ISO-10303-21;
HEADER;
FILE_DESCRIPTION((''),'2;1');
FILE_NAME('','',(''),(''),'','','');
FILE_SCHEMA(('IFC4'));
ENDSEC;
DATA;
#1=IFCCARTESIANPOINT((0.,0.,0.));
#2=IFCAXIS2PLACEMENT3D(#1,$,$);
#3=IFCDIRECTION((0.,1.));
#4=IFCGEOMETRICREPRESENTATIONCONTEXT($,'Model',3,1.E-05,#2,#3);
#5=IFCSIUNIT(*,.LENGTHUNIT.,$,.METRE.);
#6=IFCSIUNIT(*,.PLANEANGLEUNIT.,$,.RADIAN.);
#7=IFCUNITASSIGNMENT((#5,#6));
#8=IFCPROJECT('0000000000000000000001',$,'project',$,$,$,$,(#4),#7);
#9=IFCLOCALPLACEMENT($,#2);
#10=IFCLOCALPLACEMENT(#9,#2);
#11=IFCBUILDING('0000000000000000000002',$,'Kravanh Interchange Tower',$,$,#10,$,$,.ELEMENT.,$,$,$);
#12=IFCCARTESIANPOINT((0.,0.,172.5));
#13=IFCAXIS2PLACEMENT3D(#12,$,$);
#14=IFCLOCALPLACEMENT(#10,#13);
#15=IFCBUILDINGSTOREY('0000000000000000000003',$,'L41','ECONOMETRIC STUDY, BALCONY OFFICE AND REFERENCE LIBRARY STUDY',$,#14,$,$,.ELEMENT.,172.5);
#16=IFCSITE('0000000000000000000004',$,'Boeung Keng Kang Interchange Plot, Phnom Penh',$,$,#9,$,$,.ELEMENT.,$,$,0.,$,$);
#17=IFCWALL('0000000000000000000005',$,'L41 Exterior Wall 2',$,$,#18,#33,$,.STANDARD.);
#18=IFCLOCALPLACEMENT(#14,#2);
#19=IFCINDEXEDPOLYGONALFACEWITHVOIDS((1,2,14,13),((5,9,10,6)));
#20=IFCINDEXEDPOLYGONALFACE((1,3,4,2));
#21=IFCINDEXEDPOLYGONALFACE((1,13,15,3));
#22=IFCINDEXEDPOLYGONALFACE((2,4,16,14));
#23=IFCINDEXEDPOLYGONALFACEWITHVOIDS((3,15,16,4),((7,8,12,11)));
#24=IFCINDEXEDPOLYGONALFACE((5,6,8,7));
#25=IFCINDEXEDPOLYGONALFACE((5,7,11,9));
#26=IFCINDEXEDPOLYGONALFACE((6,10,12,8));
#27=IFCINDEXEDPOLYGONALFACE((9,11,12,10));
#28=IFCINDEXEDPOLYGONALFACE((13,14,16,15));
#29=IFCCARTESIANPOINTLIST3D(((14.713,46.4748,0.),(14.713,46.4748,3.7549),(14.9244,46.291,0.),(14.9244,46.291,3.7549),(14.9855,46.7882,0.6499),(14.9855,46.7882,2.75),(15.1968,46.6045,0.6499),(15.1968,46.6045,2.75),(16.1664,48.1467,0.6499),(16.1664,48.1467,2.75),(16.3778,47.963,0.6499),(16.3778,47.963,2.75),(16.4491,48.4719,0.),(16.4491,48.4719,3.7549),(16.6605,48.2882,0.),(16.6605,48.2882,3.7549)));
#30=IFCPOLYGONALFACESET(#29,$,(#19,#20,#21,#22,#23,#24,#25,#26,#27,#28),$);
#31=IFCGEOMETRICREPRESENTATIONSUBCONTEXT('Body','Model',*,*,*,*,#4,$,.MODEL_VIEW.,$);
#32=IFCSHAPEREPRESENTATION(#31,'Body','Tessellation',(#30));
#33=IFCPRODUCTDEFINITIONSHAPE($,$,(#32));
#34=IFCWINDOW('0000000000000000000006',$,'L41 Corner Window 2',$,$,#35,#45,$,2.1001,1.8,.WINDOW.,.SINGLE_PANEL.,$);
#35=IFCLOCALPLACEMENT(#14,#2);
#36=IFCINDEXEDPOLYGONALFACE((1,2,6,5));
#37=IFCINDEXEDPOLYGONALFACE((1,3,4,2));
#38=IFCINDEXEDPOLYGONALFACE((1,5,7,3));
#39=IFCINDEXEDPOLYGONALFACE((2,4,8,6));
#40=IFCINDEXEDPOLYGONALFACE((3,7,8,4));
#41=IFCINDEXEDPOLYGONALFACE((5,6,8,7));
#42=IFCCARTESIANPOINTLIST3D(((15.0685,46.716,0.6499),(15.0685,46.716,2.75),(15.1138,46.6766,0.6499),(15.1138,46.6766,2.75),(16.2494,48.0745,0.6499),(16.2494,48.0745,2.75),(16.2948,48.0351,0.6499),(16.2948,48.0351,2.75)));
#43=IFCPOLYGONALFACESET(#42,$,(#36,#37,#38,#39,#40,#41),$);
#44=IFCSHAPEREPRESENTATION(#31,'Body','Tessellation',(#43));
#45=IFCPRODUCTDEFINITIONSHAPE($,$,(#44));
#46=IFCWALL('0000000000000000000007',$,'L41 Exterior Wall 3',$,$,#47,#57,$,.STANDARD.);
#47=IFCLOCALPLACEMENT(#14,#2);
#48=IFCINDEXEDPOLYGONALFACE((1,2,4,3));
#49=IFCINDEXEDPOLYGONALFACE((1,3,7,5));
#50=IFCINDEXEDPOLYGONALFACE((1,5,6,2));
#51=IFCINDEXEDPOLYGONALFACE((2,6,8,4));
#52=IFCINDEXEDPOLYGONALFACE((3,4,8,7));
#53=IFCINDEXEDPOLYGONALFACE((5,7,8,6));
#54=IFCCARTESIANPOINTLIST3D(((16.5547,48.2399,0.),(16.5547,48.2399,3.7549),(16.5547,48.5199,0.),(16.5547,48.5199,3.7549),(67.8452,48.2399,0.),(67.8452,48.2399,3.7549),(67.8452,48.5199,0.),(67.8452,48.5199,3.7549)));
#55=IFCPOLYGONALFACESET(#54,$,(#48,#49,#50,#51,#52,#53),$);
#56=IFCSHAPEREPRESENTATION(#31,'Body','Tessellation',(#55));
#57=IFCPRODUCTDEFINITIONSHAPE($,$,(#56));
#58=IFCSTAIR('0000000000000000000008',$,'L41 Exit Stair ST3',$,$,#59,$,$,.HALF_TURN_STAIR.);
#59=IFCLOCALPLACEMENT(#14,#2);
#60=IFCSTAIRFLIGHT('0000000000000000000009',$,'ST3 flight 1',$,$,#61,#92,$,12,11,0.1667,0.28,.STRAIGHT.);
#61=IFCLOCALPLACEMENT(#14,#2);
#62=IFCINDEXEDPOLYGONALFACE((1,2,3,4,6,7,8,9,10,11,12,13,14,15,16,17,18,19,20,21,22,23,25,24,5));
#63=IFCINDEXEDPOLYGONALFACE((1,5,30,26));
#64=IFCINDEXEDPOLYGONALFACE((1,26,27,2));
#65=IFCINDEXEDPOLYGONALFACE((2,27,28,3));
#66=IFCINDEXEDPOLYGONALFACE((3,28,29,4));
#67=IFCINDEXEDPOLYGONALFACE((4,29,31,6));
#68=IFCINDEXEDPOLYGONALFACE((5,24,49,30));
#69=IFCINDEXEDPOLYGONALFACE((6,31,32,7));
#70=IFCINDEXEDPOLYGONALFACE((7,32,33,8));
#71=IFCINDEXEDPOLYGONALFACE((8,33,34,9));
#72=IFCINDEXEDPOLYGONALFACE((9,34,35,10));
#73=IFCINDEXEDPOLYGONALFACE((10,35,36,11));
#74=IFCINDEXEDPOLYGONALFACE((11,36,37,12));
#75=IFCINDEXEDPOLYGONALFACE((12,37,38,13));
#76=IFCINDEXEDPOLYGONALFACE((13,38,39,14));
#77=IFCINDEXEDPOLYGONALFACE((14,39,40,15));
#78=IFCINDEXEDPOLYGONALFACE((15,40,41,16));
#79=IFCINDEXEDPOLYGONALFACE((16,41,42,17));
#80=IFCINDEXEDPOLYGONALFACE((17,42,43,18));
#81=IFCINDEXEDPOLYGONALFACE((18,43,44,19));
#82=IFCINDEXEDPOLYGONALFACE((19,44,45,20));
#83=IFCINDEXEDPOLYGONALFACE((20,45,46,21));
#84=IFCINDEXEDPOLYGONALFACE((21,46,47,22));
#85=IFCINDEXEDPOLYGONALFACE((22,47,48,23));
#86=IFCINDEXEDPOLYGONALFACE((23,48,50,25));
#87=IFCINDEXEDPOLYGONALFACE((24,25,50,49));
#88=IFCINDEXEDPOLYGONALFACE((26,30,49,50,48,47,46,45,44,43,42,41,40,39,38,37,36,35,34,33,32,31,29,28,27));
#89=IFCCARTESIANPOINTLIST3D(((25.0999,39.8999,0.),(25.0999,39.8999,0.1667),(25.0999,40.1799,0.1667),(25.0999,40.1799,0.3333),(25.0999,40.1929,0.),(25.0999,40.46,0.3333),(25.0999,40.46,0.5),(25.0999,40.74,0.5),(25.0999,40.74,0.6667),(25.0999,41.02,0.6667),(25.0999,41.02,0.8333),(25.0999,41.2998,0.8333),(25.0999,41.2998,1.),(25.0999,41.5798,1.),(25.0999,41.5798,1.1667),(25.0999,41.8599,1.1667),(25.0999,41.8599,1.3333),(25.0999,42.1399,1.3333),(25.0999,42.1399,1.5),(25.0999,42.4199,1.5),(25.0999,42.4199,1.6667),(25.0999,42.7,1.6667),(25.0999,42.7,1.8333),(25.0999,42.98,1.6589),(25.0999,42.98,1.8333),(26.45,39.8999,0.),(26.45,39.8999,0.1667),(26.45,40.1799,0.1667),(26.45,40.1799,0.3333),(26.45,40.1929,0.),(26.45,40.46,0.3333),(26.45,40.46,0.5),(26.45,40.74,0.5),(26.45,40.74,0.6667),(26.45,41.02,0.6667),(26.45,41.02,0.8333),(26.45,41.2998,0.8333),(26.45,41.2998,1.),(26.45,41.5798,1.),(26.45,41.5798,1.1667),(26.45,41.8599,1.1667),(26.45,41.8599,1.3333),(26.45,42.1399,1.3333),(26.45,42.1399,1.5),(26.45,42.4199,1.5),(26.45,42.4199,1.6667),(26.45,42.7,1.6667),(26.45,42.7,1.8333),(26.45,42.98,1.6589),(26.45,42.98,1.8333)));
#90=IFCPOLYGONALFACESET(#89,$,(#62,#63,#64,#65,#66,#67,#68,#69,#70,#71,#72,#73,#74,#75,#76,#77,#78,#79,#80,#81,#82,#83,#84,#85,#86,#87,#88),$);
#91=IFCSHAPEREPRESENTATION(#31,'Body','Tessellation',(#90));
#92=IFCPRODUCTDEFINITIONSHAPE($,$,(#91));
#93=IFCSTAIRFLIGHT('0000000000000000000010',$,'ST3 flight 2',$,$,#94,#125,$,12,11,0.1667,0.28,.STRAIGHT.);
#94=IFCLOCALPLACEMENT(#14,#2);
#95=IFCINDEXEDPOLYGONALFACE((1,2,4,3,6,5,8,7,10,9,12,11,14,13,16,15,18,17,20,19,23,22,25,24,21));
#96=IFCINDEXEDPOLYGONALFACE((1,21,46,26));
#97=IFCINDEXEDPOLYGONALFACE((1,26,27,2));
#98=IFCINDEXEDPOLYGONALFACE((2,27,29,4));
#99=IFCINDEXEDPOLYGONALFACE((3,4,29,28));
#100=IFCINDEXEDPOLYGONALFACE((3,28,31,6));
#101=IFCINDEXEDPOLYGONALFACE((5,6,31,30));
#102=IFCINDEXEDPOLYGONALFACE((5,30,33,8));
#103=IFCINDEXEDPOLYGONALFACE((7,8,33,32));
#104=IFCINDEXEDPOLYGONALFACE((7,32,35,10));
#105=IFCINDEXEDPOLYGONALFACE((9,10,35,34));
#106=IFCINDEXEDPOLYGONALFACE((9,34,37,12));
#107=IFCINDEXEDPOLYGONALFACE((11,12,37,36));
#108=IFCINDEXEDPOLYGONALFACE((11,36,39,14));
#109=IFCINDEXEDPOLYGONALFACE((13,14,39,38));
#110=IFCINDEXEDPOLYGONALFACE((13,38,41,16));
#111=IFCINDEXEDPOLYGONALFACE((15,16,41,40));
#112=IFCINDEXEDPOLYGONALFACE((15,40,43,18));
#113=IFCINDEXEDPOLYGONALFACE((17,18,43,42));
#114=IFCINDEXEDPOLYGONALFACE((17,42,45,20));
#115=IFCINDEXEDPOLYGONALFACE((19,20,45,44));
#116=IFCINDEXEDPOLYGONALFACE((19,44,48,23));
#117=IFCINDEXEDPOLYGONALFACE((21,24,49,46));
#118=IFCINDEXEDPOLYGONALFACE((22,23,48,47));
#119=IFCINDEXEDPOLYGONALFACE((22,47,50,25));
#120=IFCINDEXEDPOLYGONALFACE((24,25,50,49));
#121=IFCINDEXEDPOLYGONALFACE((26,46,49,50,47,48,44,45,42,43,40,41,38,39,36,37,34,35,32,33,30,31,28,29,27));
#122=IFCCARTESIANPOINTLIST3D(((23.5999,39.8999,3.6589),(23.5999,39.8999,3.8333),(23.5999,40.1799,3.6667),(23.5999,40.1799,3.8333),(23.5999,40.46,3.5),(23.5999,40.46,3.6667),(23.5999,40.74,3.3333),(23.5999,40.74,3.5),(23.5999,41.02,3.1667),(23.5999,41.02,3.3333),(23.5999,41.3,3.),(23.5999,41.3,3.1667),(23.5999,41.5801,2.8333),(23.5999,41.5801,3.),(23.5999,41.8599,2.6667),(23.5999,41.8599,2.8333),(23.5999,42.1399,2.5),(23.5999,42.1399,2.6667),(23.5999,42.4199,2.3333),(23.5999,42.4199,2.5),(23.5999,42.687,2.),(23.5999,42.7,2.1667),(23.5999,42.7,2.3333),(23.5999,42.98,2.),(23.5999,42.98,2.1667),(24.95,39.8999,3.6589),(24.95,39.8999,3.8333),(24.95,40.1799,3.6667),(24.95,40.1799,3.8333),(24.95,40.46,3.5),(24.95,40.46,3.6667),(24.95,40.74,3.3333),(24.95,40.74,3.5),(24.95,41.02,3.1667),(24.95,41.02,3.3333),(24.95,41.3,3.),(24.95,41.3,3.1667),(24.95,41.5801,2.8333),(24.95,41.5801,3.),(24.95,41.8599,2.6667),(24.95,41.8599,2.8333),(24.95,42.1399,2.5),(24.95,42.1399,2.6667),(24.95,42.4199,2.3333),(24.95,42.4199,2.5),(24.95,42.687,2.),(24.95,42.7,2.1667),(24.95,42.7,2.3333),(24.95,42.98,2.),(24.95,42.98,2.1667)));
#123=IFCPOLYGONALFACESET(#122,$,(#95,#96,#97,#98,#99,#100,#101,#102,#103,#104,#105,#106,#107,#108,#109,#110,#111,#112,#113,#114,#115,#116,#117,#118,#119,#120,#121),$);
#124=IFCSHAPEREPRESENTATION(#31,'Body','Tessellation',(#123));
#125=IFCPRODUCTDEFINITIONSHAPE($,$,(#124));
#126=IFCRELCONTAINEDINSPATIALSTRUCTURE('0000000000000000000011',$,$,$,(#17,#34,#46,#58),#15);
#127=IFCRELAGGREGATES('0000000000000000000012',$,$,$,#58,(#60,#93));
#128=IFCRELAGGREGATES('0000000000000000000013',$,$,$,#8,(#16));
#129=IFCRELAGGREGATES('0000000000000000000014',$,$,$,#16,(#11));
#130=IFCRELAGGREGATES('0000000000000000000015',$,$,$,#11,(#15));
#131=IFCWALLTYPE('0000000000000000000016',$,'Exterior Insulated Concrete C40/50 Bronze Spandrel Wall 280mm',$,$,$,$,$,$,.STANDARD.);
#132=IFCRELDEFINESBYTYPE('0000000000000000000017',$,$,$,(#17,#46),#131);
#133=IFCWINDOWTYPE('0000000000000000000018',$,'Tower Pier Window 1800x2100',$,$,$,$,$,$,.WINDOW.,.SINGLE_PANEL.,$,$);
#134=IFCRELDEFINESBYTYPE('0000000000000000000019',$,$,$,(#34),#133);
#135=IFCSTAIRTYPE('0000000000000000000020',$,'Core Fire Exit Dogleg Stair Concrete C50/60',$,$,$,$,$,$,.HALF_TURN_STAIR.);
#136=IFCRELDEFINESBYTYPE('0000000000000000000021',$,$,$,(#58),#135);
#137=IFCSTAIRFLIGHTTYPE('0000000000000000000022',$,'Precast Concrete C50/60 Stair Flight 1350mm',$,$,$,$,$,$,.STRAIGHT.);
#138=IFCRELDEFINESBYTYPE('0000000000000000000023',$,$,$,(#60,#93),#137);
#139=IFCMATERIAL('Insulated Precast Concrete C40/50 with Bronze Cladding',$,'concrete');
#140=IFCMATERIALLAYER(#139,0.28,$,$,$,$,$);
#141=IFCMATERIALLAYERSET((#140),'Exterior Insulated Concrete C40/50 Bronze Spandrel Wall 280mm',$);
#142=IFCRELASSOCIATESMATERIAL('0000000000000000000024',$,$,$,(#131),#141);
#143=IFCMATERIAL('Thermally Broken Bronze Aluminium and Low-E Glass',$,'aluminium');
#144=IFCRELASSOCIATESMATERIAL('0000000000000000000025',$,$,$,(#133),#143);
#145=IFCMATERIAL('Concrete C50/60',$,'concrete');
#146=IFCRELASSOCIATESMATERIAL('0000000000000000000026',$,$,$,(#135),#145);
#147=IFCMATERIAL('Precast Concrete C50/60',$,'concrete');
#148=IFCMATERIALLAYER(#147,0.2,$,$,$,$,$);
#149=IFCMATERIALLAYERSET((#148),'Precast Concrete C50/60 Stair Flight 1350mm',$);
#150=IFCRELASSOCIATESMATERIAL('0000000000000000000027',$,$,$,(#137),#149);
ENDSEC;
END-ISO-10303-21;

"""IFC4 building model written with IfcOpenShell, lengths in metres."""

from ifc_helpers import new_model, si_unit, direction, frame, frame_2d, origin, place, context, subcontext, project, spatial, polyline, rectangle, outline, extrude, material, layer, layer_set, type_object, element, fill, aggregate, save


model = new_model("IFC4")

# Units and contexts
model_context = context("Model", 3, precision=1e-05, world=origin(), true_north=direction((0.0, 1.0)))
body_context = subcontext(model_context, "Body", "Model", "MODEL_VIEW")
ifc_project = project(units=[si_unit("LENGTHUNIT", "METRE"), si_unit("PLANEANGLEUNIT", "RADIAN")], contexts=[model_context])

# Site, building, storey
site_placement = place(None, origin())
site = spatial("IfcSite", under=ifc_project, at=site_placement, Name="Boeung Keng Kang Interchange Plot, Phnom Penh", CompositionType="ELEMENT", RefElevation=0.0)
building_placement = place(site_placement, origin())
building = spatial("IfcBuilding", under=site, at=building_placement, Name="Kravanh Interchange Tower", CompositionType="ELEMENT")
storey_placement = place(building_placement, frame((0.0, 0.0, 172.5)))
storey = spatial("IfcBuildingStorey", under=building, at=storey_placement, Name="L41", Description="ECONOMETRIC STUDY, BALCONY OFFICE AND REFERENCE LIBRARY STUDY", CompositionType="ELEMENT", Elevation=172.5)

# Wall, opening, window
ifc_material_1 = material(Name="Insulated Precast Concrete C40/50 with Bronze Cladding", Category="concrete")
ifc_layer_1 = layer(ifc_material_1, 0.28)
ifc_layer_set_1 = layer_set([ifc_layer_1], Name="Exterior Insulated Concrete C40/50 Bronze Spandrel Wall 280mm")
wall_type_1 = type_object("IfcWallType", Name="Exterior Insulated Concrete C40/50 Bronze Spandrel Wall 280mm", PredefinedType="STANDARD", material=ifc_layer_set_1)
ifc_material_2 = material(Name="Thermally Broken Bronze Aluminium and Low-E Glass", Category="aluminium")
window_type = type_object("IfcWindowType", Name="Tower Pier Window 1800x2100", PartitioningType="SINGLE_PANEL", PredefinedType="WINDOW", material=ifc_material_2)
wall_1_placement = place(storey_placement, frame((14.8186, 46.3828, 0.0), z_axis=(0.0, 0.0, 1.0), x_axis=(0.656071, 0.754699, 0.0)))
wall_1 = element("IfcWall", 1, at=wall_1_placement, inside=storey, type_object=wall_type_1, Name="L41 Exterior Wall 2", PredefinedType="STANDARD", context=body_context, shape_type="SweptSolid", body=[
    extrude(rectangle(XDim=2.6462, YDim=0.28, at=frame_2d((1.3232, 0.0))), origin(), (0.0, 0.0, 1.0), 3.7549),
])
opening_1_placement = place(wall_1_placement, frame((0.4155, 0.0, 0.6499)))
opening_1 = element("IfcOpeningElement", 2, at=opening_1_placement, cuts=wall_1, PredefinedType="OPENING", context=body_context, shape_type="SweptSolid", body=[
    extrude(rectangle(XDim=1.8, YDim=2.1001, at=frame_2d((0.8999, 1.05))), frame((0.0, 0.1499, 0.0), z_axis=(0.0, -1.0, 0.0), x_axis=(1.0, 0.0, 0.0)), (0.0, 0.0, 1.0), 0.3),
])
window_1_placement = place(opening_1_placement, origin())
window_1 = element("IfcWindow", 3, at=window_1_placement, inside=storey, type_object=window_type, Name="L41 Corner Window 2", OverallHeight=2.1001, OverallWidth=1.8, PartitioningType="SINGLE_PANEL", PredefinedType="WINDOW", context=body_context, shape_type="SweptSolid", body=[
    extrude(rectangle(XDim=1.8, YDim=2.1001, at=frame_2d((0.8999, 1.05))), frame((0.0, 0.03, 0.0), z_axis=(0.0, -1.0, 0.0), x_axis=(1.0, 0.0, 0.0)), (0.0, 0.0, 1.0), 0.0601),
])
fill(opening_1, window_1)

# Wall
wall_2_placement = place(storey_placement, frame((16.5547, 48.3799, 0.0), z_axis=(0.0, 0.0, 1.0), x_axis=(1.0, 0.0, 0.0)))
element("IfcWall", 4, at=wall_2_placement, inside=storey, type_object=wall_type_1, Name="L41 Exterior Wall 3", PredefinedType="STANDARD", context=body_context, shape_type="SweptSolid", body=[
    extrude(rectangle(XDim=51.2905, YDim=0.28, at=frame_2d((25.6453, 0.0))), origin(), (0.0, 0.0, 1.0), 3.7549),
])

# Stair, stair flights
ifc_material_3 = material(Name="Concrete C50/60", Category="concrete")
stair_type = type_object("IfcStairType", Name="Core Fire Exit Dogleg Stair Concrete C50/60", PredefinedType="HALF_TURN_STAIR", material=ifc_material_3)
stair_placement = place(storey_placement, origin())
stair = element("IfcStair", 5, at=stair_placement, inside=storey, type_object=stair_type, Name="L41 Exit Stair ST3", PredefinedType="HALF_TURN_STAIR")
ifc_material_4 = material(Name="Precast Concrete C50/60", Category="concrete")
ifc_layer_2 = layer(ifc_material_4, 0.2)
ifc_layer_set_2 = layer_set([ifc_layer_2], Name="Precast Concrete C50/60 Stair Flight 1350mm")
stair_flight_type = type_object("IfcStairFlightType", Name="Precast Concrete C50/60 Stair Flight 1350mm", PredefinedType="STRAIGHT", material=ifc_layer_set_2)
stair_flight_1_placement = place(storey_placement, frame((25.7749, 39.8999, 0.0), z_axis=(0.0, 0.0, 1.0), x_axis=(0.0, 1.0, 0.0)))
stair_flight_1 = element("IfcStairFlight", 6, at=stair_flight_1_placement, type_object=stair_flight_type, Name="ST3 flight 1", NumberOfRisers=12, NumberOfTreads=11, PredefinedType="STRAIGHT", RiserHeight=0.1667, TreadLength=0.28, context=body_context, shape_type="SweptSolid", body=[
    extrude(outline(polyline([(0.0, 0.0), (0.0, 0.1667), (0.28, 0.1667), (0.28, 0.3333), (0.5601, 0.3333), (0.5601, 0.5), (0.8401, 0.5), (0.8401, 0.6667), (1.1201, 0.6667), (1.1201, 0.8333), (1.3999, 0.8333), (1.3999, 1.0), (1.6799, 1.0), (1.6799, 1.1667), (1.96, 1.1667), (1.96, 1.3333), (2.24, 1.3333), (2.24, 1.5), (2.52, 1.5), (2.52, 1.6667), (2.8, 1.6667), (2.8, 1.8333), (3.0801, 1.8333), (3.0801, 2.0), (3.0801, 1.6589), (0.293, 0.0), (0.0, 0.0)])), frame((0.0, 0.675, 0.0), z_axis=(0.0, -1.0, 0.0), x_axis=(1.0, 0.0, 0.0)), (0.0, 0.0, 1.0), 1.3501),
])
stair_flight_2_placement = place(storey_placement, frame((24.2749, 42.98, 2.0), z_axis=(0.0, 0.0, 1.0), x_axis=(0.0, -1.0, 0.0)))
stair_flight_2 = element("IfcStairFlight", 7, at=stair_flight_2_placement, type_object=stair_flight_type, Name="ST3 flight 2", NumberOfRisers=12, NumberOfTreads=11, PredefinedType="STRAIGHT", RiserHeight=0.1667, TreadLength=0.28, context=body_context, shape_type="SweptSolid", body=[
    extrude(outline(polyline([(0.0, 0.0), (0.0, 0.1667), (0.28, 0.1667), (0.28, 0.3333), (0.5601, 0.3333), (0.5601, 0.5), (0.8401, 0.5), (0.8401, 0.6667), (1.1201, 0.6667), (1.1201, 0.8333), (1.3999, 0.8333), (1.3999, 1.0), (1.6799, 1.0), (1.6799, 1.1667), (1.96, 1.1667), (1.96, 1.3333), (2.24, 1.3333), (2.24, 1.5), (2.52, 1.5), (2.52, 1.6667), (2.8, 1.6667), (2.8, 1.8333), (3.0801, 1.8333), (3.0801, 2.0), (3.0801, 1.6589), (0.293, 0.0), (0.0, 0.0)])), frame((0.0, 0.675, 0.0), z_axis=(0.0, -1.0, 0.0), x_axis=(1.0, 0.0, 0.0)), (0.0, 0.0, 1.0), 1.3501),
])
aggregate(stair, [stair_flight_1, stair_flight_2])

save(model, "model.ifc")
